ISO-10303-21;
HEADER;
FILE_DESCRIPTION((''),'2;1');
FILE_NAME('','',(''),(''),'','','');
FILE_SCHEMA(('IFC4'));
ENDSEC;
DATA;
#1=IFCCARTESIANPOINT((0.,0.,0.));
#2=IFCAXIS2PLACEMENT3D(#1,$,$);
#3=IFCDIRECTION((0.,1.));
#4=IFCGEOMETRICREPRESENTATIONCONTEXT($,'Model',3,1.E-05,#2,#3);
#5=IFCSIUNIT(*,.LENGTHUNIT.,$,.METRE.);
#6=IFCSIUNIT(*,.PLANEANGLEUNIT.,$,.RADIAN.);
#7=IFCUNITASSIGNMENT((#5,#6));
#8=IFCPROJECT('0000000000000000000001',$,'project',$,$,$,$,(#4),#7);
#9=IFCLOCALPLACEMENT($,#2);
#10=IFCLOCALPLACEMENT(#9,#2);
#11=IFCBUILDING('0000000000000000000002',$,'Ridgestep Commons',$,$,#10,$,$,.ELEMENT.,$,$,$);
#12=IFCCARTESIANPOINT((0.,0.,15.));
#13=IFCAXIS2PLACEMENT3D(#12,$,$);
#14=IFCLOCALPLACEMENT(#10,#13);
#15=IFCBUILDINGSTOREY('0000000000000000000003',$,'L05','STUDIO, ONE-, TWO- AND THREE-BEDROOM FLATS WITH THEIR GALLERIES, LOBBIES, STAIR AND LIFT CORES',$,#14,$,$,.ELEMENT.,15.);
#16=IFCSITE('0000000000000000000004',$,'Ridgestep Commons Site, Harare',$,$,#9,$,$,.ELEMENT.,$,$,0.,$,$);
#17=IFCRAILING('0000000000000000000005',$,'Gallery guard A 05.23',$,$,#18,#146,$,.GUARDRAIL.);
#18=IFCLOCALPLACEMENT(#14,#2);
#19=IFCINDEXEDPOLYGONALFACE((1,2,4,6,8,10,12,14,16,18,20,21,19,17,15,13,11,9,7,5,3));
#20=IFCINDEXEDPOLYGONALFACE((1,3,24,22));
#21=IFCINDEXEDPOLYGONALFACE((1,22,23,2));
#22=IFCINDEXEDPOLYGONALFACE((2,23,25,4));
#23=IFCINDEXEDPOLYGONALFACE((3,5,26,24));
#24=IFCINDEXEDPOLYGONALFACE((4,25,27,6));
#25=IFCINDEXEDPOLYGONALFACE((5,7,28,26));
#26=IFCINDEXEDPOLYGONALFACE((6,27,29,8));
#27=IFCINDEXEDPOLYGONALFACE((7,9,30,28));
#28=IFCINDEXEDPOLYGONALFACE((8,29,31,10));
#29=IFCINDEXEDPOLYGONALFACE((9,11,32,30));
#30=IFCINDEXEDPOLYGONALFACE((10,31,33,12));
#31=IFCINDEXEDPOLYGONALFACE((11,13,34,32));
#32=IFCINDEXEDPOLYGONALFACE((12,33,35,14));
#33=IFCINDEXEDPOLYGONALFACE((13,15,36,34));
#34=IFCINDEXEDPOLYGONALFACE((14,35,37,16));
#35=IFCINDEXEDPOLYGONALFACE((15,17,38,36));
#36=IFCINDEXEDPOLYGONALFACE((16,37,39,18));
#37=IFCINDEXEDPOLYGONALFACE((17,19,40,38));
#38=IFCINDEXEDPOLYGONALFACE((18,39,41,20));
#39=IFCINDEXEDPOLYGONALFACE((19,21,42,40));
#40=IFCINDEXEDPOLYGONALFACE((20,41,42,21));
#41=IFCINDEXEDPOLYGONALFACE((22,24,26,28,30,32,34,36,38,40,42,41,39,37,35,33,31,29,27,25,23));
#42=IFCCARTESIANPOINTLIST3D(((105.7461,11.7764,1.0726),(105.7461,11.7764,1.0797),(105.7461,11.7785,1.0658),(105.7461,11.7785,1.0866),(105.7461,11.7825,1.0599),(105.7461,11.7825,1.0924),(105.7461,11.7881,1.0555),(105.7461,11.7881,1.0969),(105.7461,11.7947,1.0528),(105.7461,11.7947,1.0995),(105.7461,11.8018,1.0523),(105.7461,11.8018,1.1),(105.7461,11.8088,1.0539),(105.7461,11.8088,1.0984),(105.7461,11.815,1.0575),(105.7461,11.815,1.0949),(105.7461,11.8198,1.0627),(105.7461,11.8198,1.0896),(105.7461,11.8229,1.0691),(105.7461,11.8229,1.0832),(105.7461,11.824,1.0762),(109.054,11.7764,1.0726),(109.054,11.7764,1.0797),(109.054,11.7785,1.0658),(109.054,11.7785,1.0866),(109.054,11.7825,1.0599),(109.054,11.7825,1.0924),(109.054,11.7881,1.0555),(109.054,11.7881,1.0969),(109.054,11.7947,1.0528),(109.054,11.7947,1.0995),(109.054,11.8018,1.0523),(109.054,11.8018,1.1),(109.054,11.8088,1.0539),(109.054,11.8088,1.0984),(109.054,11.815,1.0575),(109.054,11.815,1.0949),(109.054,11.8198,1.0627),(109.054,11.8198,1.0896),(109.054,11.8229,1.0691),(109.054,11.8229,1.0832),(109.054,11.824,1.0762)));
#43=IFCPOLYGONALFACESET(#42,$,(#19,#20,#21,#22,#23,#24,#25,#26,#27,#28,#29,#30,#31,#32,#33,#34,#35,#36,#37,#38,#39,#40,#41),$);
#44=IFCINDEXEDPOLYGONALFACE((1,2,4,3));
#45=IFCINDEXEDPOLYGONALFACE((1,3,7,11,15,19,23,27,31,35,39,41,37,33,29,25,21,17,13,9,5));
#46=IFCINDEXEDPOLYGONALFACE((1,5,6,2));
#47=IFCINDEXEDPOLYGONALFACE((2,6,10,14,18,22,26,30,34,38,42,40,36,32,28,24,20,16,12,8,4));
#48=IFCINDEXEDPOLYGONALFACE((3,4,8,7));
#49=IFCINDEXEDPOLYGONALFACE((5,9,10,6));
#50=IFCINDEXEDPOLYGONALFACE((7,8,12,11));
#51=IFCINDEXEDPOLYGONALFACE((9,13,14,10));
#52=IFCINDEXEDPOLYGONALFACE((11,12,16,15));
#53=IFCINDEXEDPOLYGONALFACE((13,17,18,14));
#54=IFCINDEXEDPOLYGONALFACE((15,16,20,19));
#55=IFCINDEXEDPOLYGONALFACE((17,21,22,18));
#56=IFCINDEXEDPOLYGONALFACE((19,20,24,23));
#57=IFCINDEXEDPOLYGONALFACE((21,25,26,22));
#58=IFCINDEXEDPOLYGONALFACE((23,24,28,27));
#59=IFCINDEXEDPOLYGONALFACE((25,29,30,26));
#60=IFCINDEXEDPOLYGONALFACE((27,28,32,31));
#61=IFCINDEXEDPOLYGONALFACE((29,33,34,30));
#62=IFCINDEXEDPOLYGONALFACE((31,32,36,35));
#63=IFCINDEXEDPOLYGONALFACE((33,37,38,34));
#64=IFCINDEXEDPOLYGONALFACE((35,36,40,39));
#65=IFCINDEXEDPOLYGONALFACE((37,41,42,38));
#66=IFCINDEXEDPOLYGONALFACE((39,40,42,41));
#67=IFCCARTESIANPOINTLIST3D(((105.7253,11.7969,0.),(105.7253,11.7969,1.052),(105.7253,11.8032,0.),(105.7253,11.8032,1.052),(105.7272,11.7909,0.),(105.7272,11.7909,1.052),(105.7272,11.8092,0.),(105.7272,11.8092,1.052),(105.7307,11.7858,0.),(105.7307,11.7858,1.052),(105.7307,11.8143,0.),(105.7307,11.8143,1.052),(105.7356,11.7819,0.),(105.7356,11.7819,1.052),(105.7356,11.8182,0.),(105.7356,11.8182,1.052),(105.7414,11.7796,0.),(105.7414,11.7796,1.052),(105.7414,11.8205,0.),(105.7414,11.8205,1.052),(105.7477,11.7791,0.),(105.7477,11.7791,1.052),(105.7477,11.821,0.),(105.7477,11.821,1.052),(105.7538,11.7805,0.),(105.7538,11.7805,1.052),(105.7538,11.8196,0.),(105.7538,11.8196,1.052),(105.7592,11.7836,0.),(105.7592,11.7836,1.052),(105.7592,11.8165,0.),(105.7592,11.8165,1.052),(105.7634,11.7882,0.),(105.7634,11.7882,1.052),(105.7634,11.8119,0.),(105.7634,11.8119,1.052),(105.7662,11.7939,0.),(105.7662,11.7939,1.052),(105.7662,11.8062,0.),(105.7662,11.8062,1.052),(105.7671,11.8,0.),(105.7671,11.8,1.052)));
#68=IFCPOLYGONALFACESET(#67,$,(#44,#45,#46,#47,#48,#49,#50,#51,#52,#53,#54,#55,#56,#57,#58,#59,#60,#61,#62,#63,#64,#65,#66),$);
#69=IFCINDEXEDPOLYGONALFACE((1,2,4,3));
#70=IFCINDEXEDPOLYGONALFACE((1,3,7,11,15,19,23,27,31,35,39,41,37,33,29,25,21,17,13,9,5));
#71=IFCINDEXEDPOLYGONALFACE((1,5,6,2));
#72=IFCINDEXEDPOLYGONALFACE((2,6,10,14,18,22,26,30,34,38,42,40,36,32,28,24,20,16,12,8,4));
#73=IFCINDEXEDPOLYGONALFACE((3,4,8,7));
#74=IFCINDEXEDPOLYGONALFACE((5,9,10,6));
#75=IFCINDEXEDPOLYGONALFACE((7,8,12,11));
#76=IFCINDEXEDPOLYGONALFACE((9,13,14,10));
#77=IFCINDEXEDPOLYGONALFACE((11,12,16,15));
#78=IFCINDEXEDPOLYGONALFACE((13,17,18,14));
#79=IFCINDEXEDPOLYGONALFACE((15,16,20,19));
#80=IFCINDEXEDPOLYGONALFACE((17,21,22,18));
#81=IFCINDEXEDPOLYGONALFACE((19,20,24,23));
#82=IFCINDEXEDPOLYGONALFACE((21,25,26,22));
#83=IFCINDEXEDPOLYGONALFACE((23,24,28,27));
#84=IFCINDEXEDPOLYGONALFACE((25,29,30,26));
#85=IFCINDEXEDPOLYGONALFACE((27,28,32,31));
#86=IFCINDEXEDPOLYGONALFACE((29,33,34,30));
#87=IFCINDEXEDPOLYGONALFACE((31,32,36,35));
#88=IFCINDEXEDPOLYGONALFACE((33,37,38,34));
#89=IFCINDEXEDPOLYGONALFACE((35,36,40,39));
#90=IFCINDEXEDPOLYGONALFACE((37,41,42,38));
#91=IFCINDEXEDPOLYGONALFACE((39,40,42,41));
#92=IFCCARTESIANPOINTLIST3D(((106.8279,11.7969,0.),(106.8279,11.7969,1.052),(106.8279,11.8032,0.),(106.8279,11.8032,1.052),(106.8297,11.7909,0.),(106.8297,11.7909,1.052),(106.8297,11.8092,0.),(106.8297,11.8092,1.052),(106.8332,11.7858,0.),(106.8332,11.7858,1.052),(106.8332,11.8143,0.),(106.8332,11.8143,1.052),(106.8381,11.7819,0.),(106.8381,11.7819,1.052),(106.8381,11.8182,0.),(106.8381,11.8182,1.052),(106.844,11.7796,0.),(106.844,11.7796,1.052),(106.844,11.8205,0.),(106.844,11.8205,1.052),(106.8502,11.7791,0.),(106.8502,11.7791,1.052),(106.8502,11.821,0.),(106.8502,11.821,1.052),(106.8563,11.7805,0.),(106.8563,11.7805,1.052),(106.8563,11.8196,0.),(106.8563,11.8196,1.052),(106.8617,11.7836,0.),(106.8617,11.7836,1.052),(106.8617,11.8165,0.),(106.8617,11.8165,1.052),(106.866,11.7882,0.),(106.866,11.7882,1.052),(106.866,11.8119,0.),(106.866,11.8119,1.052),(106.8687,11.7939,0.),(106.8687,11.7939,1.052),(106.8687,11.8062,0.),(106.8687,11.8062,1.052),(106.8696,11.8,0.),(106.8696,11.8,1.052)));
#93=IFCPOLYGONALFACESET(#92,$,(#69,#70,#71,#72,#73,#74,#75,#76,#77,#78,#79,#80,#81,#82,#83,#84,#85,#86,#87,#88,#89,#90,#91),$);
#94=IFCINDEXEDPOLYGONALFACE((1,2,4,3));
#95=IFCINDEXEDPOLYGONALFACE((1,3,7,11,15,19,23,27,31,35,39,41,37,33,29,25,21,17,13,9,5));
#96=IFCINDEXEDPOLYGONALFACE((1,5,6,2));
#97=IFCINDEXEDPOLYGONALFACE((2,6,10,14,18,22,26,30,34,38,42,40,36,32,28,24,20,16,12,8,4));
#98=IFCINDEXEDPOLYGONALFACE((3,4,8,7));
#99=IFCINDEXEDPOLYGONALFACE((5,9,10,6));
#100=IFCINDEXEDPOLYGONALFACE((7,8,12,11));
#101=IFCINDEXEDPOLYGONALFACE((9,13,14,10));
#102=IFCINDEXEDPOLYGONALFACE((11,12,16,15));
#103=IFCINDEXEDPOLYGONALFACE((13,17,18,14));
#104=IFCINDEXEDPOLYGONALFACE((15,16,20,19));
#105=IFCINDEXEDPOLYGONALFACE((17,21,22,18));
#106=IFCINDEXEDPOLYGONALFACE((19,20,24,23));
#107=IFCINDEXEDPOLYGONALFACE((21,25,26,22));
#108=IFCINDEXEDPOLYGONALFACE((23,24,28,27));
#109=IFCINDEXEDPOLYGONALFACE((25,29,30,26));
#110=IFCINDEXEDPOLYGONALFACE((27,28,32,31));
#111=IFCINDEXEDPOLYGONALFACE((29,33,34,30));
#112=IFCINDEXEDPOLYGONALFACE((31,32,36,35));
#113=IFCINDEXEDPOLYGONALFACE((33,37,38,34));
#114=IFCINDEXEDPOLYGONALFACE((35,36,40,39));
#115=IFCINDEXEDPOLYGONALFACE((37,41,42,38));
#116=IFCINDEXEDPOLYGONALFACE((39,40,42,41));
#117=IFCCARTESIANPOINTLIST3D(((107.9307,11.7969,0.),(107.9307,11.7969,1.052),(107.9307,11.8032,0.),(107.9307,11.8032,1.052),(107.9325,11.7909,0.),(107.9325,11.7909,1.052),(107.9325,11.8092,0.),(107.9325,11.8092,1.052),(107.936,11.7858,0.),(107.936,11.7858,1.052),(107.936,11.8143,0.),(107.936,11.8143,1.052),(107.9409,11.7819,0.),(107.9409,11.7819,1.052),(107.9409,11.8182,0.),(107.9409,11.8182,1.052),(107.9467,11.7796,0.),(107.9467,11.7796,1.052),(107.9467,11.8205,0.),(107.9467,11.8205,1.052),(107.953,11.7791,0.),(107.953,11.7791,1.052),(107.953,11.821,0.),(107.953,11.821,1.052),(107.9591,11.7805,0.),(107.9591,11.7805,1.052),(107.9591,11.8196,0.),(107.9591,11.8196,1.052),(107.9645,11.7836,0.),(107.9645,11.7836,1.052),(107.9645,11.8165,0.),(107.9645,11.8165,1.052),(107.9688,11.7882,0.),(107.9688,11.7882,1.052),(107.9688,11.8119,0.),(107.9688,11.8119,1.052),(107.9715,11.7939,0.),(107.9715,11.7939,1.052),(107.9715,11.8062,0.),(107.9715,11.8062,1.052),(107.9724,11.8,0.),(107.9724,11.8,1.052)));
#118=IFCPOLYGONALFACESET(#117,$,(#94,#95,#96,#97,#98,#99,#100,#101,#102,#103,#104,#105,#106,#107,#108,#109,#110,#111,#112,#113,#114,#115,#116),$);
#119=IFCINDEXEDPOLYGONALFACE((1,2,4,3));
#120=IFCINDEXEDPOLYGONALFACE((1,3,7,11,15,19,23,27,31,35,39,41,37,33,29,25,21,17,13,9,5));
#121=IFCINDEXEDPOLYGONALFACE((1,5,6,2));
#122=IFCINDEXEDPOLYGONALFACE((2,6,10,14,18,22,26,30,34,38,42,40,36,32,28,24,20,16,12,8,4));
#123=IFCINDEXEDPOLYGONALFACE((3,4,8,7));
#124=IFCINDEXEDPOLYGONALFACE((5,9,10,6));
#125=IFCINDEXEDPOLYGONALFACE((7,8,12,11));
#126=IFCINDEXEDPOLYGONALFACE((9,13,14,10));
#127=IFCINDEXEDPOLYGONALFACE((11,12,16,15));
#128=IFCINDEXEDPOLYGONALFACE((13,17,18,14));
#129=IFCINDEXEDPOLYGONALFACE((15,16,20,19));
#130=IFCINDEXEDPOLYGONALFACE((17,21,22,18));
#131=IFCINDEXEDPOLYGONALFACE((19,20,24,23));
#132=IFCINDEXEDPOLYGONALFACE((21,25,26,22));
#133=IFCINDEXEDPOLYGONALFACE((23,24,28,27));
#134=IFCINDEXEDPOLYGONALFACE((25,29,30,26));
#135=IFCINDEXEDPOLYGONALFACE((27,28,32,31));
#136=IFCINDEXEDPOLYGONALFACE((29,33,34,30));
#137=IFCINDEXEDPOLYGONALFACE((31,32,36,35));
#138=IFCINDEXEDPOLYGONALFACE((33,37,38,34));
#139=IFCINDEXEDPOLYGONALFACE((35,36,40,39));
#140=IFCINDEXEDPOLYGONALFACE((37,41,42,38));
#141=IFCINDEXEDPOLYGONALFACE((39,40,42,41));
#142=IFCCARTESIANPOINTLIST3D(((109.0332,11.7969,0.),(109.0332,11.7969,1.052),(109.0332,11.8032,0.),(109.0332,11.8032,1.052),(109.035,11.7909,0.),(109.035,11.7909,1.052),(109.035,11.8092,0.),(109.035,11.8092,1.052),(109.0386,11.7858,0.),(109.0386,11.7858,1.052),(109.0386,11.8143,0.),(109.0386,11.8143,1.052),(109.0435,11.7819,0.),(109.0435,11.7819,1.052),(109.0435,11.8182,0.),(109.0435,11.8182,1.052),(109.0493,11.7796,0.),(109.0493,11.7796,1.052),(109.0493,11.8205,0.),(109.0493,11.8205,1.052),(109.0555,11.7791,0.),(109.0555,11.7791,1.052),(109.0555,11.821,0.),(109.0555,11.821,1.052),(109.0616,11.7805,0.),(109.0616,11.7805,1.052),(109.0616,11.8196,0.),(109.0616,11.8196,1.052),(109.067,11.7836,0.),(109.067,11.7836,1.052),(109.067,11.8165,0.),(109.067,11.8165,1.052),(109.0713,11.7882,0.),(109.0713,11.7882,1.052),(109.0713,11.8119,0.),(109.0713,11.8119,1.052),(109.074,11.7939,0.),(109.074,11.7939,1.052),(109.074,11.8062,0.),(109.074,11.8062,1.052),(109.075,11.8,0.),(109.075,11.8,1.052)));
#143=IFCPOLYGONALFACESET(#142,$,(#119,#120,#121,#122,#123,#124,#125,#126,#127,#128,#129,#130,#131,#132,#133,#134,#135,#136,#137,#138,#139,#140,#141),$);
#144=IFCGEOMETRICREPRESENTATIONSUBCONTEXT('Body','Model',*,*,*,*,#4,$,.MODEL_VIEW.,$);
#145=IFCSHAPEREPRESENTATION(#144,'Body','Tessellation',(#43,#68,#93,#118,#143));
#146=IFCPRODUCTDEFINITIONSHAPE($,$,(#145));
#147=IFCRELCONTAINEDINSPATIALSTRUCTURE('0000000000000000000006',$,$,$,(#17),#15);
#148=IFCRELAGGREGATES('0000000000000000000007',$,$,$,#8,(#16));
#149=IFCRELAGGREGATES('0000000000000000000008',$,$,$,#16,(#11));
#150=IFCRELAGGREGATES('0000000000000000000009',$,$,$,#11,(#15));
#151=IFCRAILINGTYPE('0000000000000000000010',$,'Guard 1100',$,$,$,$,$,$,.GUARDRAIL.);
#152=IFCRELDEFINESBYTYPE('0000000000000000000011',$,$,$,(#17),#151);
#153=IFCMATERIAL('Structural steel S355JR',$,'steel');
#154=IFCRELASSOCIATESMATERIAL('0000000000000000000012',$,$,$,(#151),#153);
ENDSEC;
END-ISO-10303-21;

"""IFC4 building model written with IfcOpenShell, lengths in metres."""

from ifc_helpers import new_model, si_unit, direction, frame, origin, origin_2d, place, context, subcontext, project, spatial, circle, extrude, material, type_object, element, save


model = new_model("IFC4")

# Units and contexts
model_context = context("Model", 3, precision=1e-05, world=origin(), true_north=direction((0.0, 1.0)))
body_context = subcontext(model_context, "Body", "Model", "MODEL_VIEW")
ifc_project = project(units=[si_unit("LENGTHUNIT", "METRE"), si_unit("PLANEANGLEUNIT", "RADIAN")], contexts=[model_context])

# Site, building, storey
site_placement = place(None, origin())
site = spatial("IfcSite", under=ifc_project, at=site_placement, Name="Ridgestep Commons Site, Harare", CompositionType="ELEMENT", RefElevation=0.0)
building_placement = place(site_placement, origin())
building = spatial("IfcBuilding", under=site, at=building_placement, Name="Ridgestep Commons", CompositionType="ELEMENT")
storey_placement = place(building_placement, frame((0.0, 0.0, 15.0)))
storey = spatial("IfcBuildingStorey", under=building, at=storey_placement, Name="L05", Description="STUDIO, ONE-, TWO- AND THREE-BEDROOM FLATS WITH THEIR GALLERIES, LOBBIES, STAIR AND LIFT CORES", CompositionType="ELEMENT", Elevation=15.0)

# Railing
ifc_material_1 = material(Name="Structural steel S355JR", Category="steel")
railing_type = type_object("IfcRailingType", Name="Guard 1100", PredefinedType="GUARDRAIL", material=ifc_material_1)
railing_1_placement = place(storey_placement, frame((105.7461, 11.8, 0.0)))
element("IfcRailing", 1, at=railing_1_placement, inside=storey, type_object=railing_type, Name="Gallery guard A 05.23", PredefinedType="GUARDRAIL", context=body_context, shape_type="SweptSolid", body=[
    extrude(circle(Radius=0.0239, at=origin_2d()), frame((0.0, 0.0, 1.0762), z_axis=(1.0, 0.0, 0.0), x_axis=(0.0, 1.0, 0.0)), (0.0, 0.0, 1.0), 3.3079),
    extrude(circle(Radius=0.021, at=origin_2d()), origin(), (0.0, 0.0, 1.0), 1.052),
    extrude(circle(Radius=0.021, at=origin_2d()), frame((1.1025, 0.0, 0.0)), (0.0, 0.0, 1.0), 1.052),
    extrude(circle(Radius=0.021, at=origin_2d()), frame((2.2053, 0.0, 0.0)), (0.0, 0.0, 1.0), 1.052),
    extrude(circle(Radius=0.021, at=origin_2d()), frame((3.3079, 0.0, 0.0)), (0.0, 0.0, 1.0), 1.052),
])

save(model, "model.ifc")
